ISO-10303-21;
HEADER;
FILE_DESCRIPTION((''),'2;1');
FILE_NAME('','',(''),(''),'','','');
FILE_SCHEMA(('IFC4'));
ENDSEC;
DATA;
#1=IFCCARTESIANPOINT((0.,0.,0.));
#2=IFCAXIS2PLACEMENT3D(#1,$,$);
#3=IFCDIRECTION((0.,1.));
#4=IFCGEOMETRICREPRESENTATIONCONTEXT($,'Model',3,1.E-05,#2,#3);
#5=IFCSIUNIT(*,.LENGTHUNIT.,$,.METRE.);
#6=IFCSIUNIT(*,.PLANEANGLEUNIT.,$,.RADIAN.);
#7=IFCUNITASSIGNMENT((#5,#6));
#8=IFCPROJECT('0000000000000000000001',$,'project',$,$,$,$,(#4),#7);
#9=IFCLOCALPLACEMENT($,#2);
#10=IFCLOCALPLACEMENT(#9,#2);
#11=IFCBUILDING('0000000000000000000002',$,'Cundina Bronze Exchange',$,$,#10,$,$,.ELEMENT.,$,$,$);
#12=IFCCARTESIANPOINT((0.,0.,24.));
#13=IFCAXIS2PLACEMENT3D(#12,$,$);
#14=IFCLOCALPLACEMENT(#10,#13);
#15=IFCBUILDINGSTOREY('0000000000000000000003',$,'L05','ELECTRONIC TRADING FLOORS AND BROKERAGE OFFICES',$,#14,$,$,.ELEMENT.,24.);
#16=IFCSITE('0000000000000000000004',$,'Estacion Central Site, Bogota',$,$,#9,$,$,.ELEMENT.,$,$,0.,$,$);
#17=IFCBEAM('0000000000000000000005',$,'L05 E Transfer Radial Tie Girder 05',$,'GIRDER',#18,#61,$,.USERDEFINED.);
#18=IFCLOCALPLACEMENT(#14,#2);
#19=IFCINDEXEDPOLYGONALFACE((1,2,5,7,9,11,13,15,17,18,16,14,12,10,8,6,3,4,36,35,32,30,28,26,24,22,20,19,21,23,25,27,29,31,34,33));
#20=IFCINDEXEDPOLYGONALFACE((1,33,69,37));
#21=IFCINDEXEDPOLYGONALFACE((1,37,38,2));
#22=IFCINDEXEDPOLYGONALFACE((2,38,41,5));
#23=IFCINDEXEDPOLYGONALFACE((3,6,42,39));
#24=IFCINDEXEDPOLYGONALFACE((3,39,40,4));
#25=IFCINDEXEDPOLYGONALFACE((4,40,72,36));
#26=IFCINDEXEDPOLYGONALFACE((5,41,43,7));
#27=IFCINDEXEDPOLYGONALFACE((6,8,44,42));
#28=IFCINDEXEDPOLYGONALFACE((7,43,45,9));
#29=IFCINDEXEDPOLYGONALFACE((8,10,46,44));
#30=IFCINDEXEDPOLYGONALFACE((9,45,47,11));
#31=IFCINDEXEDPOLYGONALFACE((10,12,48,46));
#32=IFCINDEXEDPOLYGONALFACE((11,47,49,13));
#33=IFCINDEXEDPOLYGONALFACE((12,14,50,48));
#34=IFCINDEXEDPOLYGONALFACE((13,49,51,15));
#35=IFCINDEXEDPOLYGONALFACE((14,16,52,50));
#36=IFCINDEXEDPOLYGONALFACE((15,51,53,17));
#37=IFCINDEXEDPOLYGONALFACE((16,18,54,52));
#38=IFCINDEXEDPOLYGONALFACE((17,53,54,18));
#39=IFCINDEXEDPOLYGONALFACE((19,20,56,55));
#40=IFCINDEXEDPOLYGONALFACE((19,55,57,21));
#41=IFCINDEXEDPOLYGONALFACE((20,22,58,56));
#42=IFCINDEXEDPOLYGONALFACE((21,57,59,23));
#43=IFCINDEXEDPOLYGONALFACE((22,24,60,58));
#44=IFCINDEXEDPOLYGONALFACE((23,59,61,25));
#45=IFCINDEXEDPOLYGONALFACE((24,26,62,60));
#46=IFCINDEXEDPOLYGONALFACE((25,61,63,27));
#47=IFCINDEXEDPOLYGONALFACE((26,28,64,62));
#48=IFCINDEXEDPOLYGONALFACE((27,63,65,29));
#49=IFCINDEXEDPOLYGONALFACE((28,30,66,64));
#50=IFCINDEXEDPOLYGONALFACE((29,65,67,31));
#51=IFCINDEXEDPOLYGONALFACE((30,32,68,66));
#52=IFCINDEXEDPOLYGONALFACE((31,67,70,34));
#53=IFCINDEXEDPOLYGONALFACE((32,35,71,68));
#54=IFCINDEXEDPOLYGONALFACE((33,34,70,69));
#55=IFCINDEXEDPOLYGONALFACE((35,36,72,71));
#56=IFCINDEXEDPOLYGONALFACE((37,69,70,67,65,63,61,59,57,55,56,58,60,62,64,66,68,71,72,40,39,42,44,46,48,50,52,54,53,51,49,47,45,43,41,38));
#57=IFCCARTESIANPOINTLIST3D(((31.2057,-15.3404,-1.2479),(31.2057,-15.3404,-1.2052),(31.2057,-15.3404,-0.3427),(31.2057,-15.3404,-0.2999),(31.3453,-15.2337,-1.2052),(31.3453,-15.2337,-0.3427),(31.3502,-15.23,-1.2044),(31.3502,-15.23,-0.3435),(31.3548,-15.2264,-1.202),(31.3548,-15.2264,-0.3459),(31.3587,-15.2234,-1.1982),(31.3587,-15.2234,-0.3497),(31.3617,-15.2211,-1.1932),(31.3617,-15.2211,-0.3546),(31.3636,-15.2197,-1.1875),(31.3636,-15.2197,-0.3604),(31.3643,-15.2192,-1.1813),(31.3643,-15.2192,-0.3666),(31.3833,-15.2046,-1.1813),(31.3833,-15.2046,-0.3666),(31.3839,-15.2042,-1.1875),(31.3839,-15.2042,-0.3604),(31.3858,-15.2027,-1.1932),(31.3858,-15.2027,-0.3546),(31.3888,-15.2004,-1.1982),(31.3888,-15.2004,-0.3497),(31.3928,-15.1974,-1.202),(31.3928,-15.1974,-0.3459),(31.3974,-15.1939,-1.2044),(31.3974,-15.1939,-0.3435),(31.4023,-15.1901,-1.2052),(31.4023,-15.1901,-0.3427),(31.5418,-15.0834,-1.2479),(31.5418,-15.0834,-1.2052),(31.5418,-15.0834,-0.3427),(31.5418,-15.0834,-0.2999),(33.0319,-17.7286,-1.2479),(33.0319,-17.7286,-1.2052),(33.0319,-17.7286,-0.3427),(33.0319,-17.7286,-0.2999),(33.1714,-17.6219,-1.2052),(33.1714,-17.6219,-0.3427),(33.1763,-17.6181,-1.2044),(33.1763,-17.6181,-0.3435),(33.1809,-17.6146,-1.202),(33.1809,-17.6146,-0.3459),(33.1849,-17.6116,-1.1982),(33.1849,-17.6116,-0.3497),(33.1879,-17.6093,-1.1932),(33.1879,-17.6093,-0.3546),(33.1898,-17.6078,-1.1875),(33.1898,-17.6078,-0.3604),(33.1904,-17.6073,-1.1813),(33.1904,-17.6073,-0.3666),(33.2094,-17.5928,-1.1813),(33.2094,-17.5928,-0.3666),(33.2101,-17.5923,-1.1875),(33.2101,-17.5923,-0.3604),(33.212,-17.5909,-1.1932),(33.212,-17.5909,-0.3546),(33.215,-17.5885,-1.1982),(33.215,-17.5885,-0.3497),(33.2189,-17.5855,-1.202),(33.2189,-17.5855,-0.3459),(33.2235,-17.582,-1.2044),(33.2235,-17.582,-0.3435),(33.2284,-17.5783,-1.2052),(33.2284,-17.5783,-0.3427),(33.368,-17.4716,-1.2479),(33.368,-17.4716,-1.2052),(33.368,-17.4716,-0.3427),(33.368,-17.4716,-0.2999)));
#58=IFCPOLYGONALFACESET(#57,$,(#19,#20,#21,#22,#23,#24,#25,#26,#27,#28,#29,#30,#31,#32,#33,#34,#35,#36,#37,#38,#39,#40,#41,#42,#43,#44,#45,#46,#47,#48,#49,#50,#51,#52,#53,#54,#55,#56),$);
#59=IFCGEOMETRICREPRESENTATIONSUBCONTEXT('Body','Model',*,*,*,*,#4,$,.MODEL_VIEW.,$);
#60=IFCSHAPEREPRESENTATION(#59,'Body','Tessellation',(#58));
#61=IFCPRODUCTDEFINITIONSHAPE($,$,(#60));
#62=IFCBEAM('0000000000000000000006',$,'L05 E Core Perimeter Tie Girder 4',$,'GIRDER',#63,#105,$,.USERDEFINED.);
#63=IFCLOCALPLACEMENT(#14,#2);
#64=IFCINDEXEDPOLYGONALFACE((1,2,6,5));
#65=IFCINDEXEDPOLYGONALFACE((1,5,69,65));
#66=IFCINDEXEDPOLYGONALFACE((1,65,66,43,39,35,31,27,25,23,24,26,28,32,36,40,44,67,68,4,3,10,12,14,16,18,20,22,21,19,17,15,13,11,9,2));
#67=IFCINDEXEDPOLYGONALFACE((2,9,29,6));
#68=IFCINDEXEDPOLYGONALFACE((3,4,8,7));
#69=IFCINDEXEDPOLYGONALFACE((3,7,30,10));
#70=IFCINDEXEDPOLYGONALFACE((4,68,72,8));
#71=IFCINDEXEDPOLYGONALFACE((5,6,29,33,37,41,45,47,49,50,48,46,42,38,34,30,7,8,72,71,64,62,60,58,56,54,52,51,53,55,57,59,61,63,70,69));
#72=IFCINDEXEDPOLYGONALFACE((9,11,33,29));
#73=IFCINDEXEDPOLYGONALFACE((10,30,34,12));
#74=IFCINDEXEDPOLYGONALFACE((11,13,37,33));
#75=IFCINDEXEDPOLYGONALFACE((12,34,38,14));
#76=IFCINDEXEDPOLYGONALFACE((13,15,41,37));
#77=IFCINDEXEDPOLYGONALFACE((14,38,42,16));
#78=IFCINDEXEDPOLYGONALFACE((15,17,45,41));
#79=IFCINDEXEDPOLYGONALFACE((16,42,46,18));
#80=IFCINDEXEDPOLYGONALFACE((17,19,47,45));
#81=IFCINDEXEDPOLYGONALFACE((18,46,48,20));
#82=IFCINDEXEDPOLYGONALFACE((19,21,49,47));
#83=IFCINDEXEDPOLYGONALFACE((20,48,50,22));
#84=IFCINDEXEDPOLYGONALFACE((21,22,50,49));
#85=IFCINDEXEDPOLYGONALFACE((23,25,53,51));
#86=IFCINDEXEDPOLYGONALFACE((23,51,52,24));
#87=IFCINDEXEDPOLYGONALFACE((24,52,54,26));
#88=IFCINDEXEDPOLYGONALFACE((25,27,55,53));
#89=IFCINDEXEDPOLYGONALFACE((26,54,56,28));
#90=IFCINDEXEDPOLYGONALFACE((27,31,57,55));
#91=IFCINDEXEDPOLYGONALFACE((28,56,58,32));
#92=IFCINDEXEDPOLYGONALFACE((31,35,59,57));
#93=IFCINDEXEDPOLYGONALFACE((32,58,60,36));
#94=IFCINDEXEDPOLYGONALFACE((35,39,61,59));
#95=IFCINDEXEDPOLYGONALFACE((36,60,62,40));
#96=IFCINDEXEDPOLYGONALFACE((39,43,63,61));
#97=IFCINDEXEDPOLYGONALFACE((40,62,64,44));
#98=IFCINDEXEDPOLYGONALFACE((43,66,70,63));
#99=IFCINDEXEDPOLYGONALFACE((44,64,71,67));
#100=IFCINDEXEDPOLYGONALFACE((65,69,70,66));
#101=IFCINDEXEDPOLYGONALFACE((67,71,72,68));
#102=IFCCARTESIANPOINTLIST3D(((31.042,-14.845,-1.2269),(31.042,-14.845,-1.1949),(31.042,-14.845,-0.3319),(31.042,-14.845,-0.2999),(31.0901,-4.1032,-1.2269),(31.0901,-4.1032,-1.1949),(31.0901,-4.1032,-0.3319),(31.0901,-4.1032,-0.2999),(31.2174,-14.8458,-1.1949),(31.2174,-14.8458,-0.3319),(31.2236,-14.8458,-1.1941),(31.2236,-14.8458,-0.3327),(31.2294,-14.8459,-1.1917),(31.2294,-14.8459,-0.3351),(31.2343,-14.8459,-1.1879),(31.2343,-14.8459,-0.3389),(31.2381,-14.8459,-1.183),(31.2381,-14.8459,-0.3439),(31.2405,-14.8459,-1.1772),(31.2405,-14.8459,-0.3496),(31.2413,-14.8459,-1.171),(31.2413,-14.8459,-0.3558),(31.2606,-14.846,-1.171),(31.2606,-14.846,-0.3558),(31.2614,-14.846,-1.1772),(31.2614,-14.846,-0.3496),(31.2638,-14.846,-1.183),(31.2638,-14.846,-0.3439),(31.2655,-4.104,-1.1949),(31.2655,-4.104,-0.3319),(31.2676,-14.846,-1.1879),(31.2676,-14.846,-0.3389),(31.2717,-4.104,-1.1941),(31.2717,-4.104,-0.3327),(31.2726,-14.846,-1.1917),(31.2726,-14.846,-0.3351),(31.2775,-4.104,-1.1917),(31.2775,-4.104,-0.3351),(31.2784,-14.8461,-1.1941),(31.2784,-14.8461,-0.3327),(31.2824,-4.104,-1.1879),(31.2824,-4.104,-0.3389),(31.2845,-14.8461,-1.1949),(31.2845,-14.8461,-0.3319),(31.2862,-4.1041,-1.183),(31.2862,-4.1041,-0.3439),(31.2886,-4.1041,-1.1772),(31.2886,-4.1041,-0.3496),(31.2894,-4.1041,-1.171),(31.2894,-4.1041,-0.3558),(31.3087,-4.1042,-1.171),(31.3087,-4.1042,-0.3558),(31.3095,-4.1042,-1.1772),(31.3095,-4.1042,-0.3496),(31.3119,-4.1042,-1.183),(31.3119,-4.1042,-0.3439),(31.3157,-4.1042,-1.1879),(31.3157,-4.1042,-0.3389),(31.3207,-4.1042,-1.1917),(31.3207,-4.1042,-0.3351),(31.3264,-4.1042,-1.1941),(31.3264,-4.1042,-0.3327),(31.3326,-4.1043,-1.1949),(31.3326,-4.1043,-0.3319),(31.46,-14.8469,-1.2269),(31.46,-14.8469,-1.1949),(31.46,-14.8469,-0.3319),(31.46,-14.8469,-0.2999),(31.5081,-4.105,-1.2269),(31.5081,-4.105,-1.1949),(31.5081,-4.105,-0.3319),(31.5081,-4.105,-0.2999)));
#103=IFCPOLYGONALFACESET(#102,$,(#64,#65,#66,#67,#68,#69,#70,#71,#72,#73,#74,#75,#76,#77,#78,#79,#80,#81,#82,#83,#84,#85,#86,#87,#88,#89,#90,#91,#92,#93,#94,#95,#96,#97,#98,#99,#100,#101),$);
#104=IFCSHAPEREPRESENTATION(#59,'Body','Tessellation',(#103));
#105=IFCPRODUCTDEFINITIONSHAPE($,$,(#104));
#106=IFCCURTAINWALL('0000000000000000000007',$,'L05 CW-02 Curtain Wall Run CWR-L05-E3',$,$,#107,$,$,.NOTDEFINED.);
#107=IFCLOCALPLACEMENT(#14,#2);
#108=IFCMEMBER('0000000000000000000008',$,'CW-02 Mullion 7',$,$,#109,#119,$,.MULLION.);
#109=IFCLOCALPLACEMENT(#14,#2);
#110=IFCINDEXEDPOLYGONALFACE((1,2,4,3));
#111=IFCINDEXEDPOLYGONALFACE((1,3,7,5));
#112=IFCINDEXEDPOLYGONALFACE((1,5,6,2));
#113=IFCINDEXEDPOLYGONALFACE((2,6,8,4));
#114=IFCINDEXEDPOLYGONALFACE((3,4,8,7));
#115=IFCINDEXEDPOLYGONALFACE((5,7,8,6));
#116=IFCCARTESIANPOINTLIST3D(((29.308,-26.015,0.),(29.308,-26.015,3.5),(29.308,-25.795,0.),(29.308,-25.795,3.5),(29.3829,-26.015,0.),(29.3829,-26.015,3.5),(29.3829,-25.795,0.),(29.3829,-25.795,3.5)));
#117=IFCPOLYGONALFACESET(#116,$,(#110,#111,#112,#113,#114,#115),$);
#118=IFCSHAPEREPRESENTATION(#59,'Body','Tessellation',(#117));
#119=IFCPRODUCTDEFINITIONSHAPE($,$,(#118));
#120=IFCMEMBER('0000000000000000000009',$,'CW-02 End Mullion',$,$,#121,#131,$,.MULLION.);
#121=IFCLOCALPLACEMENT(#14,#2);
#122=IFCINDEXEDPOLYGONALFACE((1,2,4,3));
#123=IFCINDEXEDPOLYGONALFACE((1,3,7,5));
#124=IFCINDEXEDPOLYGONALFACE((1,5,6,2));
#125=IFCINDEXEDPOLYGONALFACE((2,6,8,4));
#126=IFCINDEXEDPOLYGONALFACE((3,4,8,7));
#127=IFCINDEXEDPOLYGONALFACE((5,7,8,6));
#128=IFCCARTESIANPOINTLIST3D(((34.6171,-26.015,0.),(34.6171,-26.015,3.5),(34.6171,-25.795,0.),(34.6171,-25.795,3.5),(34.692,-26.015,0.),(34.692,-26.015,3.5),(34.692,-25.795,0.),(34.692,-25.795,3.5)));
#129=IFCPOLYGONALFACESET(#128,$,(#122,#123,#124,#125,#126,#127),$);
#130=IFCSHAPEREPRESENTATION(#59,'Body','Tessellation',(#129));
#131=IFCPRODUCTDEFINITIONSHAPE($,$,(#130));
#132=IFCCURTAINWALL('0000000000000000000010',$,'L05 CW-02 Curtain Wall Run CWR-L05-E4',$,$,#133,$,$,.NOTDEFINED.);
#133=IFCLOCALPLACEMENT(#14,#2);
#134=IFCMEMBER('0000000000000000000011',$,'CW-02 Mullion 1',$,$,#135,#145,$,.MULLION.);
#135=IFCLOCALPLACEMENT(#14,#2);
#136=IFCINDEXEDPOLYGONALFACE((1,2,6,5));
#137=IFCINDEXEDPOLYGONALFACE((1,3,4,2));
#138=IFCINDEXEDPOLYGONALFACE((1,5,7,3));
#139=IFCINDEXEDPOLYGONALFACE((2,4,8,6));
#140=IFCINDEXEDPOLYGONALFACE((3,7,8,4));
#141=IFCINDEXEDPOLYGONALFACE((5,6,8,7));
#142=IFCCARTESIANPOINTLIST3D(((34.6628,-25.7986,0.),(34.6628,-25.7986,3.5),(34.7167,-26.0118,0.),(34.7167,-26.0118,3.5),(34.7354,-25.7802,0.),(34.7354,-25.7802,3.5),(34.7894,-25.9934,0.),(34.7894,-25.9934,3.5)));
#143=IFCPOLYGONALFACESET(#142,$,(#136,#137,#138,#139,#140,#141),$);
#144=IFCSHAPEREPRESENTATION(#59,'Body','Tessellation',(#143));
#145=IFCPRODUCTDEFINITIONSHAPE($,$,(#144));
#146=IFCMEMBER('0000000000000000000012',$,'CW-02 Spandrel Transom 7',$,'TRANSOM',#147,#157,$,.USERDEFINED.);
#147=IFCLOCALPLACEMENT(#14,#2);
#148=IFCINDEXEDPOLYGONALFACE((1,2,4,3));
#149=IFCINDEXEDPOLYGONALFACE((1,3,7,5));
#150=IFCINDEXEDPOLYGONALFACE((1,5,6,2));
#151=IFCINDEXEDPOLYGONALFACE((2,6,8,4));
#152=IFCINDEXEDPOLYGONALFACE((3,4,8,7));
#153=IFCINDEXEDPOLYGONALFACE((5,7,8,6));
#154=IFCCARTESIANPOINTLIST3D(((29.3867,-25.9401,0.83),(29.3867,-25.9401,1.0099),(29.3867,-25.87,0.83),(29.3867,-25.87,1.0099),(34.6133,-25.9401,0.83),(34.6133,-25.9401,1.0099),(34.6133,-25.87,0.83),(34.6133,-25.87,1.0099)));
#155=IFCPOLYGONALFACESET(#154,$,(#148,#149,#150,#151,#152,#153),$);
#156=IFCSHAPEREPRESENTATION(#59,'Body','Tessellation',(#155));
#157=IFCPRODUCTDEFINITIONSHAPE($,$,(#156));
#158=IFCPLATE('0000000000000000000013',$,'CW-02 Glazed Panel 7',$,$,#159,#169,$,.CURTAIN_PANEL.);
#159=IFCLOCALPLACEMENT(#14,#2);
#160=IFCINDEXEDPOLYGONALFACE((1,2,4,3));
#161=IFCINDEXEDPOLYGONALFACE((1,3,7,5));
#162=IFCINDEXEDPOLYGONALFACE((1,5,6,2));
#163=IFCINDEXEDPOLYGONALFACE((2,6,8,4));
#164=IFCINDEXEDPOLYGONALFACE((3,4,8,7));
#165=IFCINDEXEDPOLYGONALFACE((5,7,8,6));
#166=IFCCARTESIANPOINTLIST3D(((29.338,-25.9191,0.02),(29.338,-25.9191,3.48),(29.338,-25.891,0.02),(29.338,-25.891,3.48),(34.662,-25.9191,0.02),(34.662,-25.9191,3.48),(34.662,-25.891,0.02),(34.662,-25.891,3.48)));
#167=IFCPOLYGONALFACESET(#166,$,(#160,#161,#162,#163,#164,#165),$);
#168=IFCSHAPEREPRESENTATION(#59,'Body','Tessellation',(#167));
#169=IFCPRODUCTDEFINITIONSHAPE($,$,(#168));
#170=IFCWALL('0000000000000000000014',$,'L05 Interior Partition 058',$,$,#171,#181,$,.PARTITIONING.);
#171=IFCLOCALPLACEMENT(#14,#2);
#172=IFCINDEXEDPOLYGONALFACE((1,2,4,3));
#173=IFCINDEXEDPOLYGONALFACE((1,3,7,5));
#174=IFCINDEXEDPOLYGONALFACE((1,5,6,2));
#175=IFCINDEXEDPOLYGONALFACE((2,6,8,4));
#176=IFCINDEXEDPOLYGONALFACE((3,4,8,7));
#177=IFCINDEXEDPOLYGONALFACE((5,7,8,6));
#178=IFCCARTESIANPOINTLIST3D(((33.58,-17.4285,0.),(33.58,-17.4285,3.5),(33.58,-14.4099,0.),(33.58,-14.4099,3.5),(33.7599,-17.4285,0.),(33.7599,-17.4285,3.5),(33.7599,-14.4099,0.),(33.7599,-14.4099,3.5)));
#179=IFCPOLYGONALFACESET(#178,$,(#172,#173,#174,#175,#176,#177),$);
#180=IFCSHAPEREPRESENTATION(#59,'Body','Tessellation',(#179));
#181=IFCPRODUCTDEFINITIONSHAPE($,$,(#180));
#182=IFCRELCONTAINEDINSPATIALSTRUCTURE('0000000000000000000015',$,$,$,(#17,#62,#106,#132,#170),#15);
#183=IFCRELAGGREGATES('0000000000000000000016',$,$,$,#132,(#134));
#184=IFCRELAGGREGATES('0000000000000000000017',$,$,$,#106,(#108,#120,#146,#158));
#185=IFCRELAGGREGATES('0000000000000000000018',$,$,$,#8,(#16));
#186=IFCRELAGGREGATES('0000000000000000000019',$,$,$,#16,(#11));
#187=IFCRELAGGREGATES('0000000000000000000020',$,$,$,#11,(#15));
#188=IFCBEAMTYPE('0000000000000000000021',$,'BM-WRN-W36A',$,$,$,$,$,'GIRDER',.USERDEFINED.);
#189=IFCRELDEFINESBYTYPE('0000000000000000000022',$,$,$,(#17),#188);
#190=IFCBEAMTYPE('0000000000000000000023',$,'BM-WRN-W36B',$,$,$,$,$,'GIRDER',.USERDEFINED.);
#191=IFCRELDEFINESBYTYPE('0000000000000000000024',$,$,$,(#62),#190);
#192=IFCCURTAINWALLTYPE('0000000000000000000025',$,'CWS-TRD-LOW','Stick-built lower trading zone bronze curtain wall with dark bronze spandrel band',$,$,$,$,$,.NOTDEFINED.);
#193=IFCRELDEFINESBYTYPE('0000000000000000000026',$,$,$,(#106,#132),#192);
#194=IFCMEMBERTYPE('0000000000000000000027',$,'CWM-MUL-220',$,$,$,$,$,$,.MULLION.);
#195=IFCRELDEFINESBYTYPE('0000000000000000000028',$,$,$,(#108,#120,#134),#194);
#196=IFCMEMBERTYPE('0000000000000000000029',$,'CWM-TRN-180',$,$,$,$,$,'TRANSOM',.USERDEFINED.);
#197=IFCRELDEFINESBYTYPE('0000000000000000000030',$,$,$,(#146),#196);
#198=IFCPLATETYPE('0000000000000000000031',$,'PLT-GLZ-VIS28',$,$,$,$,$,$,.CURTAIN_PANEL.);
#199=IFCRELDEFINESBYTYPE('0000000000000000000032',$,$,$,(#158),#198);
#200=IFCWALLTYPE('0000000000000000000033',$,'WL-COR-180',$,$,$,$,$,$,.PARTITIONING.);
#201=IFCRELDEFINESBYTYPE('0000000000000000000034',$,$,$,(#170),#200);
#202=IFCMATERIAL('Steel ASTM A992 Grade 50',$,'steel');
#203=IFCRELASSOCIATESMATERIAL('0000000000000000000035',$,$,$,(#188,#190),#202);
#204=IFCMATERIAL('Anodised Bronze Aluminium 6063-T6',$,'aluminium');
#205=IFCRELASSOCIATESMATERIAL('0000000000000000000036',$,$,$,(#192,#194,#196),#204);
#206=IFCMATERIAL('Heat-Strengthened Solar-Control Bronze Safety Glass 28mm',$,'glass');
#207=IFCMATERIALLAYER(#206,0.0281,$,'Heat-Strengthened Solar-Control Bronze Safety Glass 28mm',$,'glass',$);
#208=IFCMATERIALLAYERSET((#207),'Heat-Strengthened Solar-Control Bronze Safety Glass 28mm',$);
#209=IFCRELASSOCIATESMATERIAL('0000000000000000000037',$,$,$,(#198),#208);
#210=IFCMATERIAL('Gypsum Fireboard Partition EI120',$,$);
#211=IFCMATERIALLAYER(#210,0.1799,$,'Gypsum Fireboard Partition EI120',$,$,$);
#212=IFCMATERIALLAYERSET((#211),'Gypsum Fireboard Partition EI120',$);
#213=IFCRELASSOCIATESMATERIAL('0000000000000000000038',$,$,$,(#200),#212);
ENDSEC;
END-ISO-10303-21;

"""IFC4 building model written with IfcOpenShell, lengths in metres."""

from ifc_helpers import new_model, si_unit, direction, frame, frame_2d, origin, origin_2d, place, context, subcontext, project, spatial, rectangle, i_section, extrude, material, layer, layer_set, material_profile, profile_set, type_object, element, aggregate, save


model = new_model("IFC4")

# Units and contexts
model_context = context("Model", 3, precision=1e-05, world=origin(), true_north=direction((0.0, 1.0)))
body_context = subcontext(model_context, "Body", "Model", "MODEL_VIEW")
ifc_project = project(units=[si_unit("LENGTHUNIT", "METRE"), si_unit("PLANEANGLEUNIT", "RADIAN")], contexts=[model_context])

# Site, building, storey
site_placement = place(None, origin())
site = spatial("IfcSite", under=ifc_project, at=site_placement, Name="Estacion Central Site, Bogota", CompositionType="ELEMENT", RefElevation=0.0)
building_placement = place(site_placement, origin())
building = spatial("IfcBuilding", under=site, at=building_placement, Name="Cundina Bronze Exchange", CompositionType="ELEMENT")
storey_placement = place(building_placement, frame((0.0, 0.0, 24.0)))
storey = spatial("IfcBuildingStorey", under=building, at=storey_placement, Name="L05", Description="ELECTRONIC TRADING FLOORS AND BROKERAGE OFFICES", CompositionType="ELEMENT", Elevation=24.0)

# Shared definitions
ifc_material_1 = material(Name="Steel ASTM A992 Grade 50", Category="steel")

# Beams
ifc_material_profile_1 = material_profile(ifc_material_1, i_section(OverallWidth=0.4231, OverallDepth=0.948, WebThickness=0.0239, FlangeThickness=0.0427, FilletRadius=0.0239, at=origin_2d()), Name="W36X302", Category="steel")
ifc_profile_set_1 = profile_set([ifc_material_profile_1], Name="Steel ASTM A992 Grade 50")
beam_type_1 = type_object("IfcBeamType", Name="BM-WRN-W36A", ElementType="GIRDER", PredefinedType="USERDEFINED", material=ifc_profile_set_1)
beam_1_placement = place(storey_placement, frame((31.3738, -15.2119, -0.7739), z_axis=(0.607432, -0.794372, 0.0), x_axis=(0.794372, 0.607432, 0.0)))
element("IfcBeam", 1, at=beam_1_placement, inside=storey, type_object=beam_type_1, Name="L05 E Transfer Radial Tie Girder 05", ObjectType="GIRDER", PredefinedType="USERDEFINED", context=body_context, shape_type="SweptSolid", body=[
    extrude(i_section(OverallWidth=0.4231, OverallDepth=0.948, WebThickness=0.0239, FlangeThickness=0.0427, FilletRadius=0.0239, at=origin_2d()), origin(), (0.0, 0.0, 1.0), 3.0063),
])
ifc_material_profile_2 = material_profile(ifc_material_1, i_section(OverallWidth=0.418, OverallDepth=0.927, WebThickness=0.0193, FlangeThickness=0.032, FilletRadius=0.0239, at=origin_2d()), Name="W36X231", Category="steel")
ifc_profile_set_2 = profile_set([ifc_material_profile_2], Name="Steel ASTM A992 Grade 50")
beam_type_2 = type_object("IfcBeamType", Name="BM-WRN-W36B", ElementType="GIRDER", PredefinedType="USERDEFINED", material=ifc_profile_set_2)
beam_2_placement = place(storey_placement, frame((31.251, -14.8459, -0.7634), z_axis=(0.004477, 0.99999, 0.0), x_axis=(-0.99999, 0.004477, 0.0)))
element("IfcBeam", 2, at=beam_2_placement, inside=storey, type_object=beam_type_2, Name="L05 E Core Perimeter Tie Girder 4", ObjectType="GIRDER", PredefinedType="USERDEFINED", context=body_context, shape_type="SweptSolid", body=[
    extrude(i_section(OverallWidth=0.418, OverallDepth=0.927, WebThickness=0.0193, FlangeThickness=0.032, FilletRadius=0.0239, at=origin_2d()), origin(), (0.0, 0.0, 1.0), 10.7419),
])

# Curtain wall, members
ifc_material_2 = material(Name="Anodised Bronze Aluminium 6063-T6", Category="aluminium")
curtain_wall_type = type_object("IfcCurtainWallType", Name="CWS-TRD-LOW", Description="Stick-built lower trading zone bronze curtain wall with dark bronze spandrel band", PredefinedType="NOTDEFINED", material=ifc_material_2)
curtain_wall_1_placement = place(storey_placement, origin())
curtain_wall_1 = element("IfcCurtainWall", 3, at=curtain_wall_1_placement, inside=storey, type_object=curtain_wall_type, Name="L05 CW-02 Curtain Wall Run CWR-L05-E3", PredefinedType="NOTDEFINED")
ifc_material_profile_3 = material_profile(ifc_material_2, rectangle(XDim=0.075, YDim=0.22, at=origin_2d()), Name="AL75X220", Category="aluminium")
ifc_profile_set_3 = profile_set([ifc_material_profile_3], Name="Anodised Bronze Aluminium 6063-T6")
member_type_1 = type_object("IfcMemberType", Name="CWM-MUL-220", PredefinedType="MULLION", material=ifc_profile_set_3)
member_1_placement = place(storey_placement, frame((29.3455, -25.905, 0.0), z_axis=(0.0, 0.0, 1.0), x_axis=(1.0, 0.0, 0.0)))
member_1 = element("IfcMember", 4, at=member_1_placement, type_object=member_type_1, Name="CW-02 Mullion 7", PredefinedType="MULLION", context=body_context, shape_type="SweptSolid", body=[
    extrude(rectangle(XDim=0.075, YDim=0.22, at=origin_2d()), origin(), (0.0, 0.0, 1.0), 3.5),
])
member_2_placement = place(storey_placement, frame((34.6545, -25.905, 0.0), z_axis=(0.0, 0.0, 1.0), x_axis=(1.0, 0.0, 0.0)))
member_2 = element("IfcMember", 5, at=member_2_placement, type_object=member_type_1, Name="CW-02 End Mullion", PredefinedType="MULLION", context=body_context, shape_type="SweptSolid", body=[
    extrude(rectangle(XDim=0.075, YDim=0.22, at=origin_2d()), origin(), (0.0, 0.0, 1.0), 3.5),
])

# Curtain wall, member
curtain_wall_2_placement = place(storey_placement, origin())
curtain_wall_2 = element("IfcCurtainWall", 6, at=curtain_wall_2_placement, inside=storey, type_object=curtain_wall_type, Name="L05 CW-02 Curtain Wall Run CWR-L05-E4", PredefinedType="NOTDEFINED")
member_3_placement = place(storey_placement, frame((34.7261, -25.896, 0.0), z_axis=(0.0, 0.0, 1.0), x_axis=(0.969488, 0.245138, 0.0)))
member_3 = element("IfcMember", 7, at=member_3_placement, type_object=member_type_1, Name="CW-02 Mullion 1", PredefinedType="MULLION", context=body_context, shape_type="SweptSolid", body=[
    extrude(rectangle(XDim=0.075, YDim=0.22, at=origin_2d()), origin(), (0.0, 0.0, 1.0), 3.5),
])
aggregate(curtain_wall_2, [member_3])

# Member
ifc_material_profile_4 = material_profile(ifc_material_2, rectangle(XDim=0.0701, YDim=0.1799, at=origin_2d()), Name="AL70X180", Category="aluminium")
ifc_profile_set_4 = profile_set([ifc_material_profile_4], Name="Anodised Bronze Aluminium 6063-T6")
member_type_2 = type_object("IfcMemberType", Name="CWM-TRN-180", ElementType="TRANSOM", PredefinedType="USERDEFINED", material=ifc_profile_set_4)
member_4_placement = place(storey_placement, frame((29.3867, -25.905, 0.9199), z_axis=(1.0, 0.0, 0.0), x_axis=(0.0, 1.0, 0.0)))
member_4 = element("IfcMember", 8, at=member_4_placement, type_object=member_type_2, Name="CW-02 Spandrel Transom 7", ObjectType="TRANSOM", PredefinedType="USERDEFINED", context=body_context, shape_type="SweptSolid", body=[
    extrude(rectangle(XDim=0.0701, YDim=0.1799, at=origin_2d()), origin(), (0.0, 0.0, 1.0), 5.2266),
])

# Plate
ifc_material_3 = material(Name="Heat-Strengthened Solar-Control Bronze Safety Glass 28mm", Category="glass")
ifc_layer_1 = layer(ifc_material_3, 0.0281, Name="Heat-Strengthened Solar-Control Bronze Safety Glass 28mm", Category="glass")
ifc_layer_set_1 = layer_set([ifc_layer_1], Name="Heat-Strengthened Solar-Control Bronze Safety Glass 28mm")
plate_type = type_object("IfcPlateType", Name="PLT-GLZ-VIS28", PredefinedType="CURTAIN_PANEL", material=ifc_layer_set_1)
plate_placement = place(storey_placement, frame((32.0, -25.905, 0.02), z_axis=(0.0, 0.0, 1.0), x_axis=(1.0, 0.0, 0.0)))
plate = element("IfcPlate", 9, at=plate_placement, type_object=plate_type, Name="CW-02 Glazed Panel 7", PredefinedType="CURTAIN_PANEL", context=body_context, shape_type="SweptSolid", body=[
    extrude(rectangle(XDim=5.324, YDim=0.0281, at=origin_2d()), origin(), (0.0, 0.0, 1.0), 3.46),
])
aggregate(curtain_wall_1, [member_1, member_2, member_4, plate])

# Shared definitions
ifc_material_4 = material(Name="Gypsum Fireboard Partition EI120")
ifc_layer_2 = layer(ifc_material_4, 0.1799, Name="Gypsum Fireboard Partition EI120")
ifc_layer_set_2 = layer_set([ifc_layer_2], Name="Gypsum Fireboard Partition EI120")
wall_type_1 = type_object("IfcWallType", Name="WL-COR-180", PredefinedType="PARTITIONING", material=ifc_layer_set_2)

# Wall
wall_1_placement = place(storey_placement, frame((33.6699, -17.4285, 0.0), z_axis=(0.0, 0.0, 1.0), x_axis=(0.0, 1.0, 0.0)))
element("IfcWall", 10, at=wall_1_placement, inside=storey, type_object=wall_type_1, Name="L05 Interior Partition 058", PredefinedType="PARTITIONING", context=body_context, shape_type="SweptSolid", body=[
    extrude(rectangle(XDim=3.0186, YDim=0.1799, at=frame_2d((1.5093, 0.0))), origin(), (0.0, 0.0, 1.0), 3.5),
])

save(model, "model.ifc")
